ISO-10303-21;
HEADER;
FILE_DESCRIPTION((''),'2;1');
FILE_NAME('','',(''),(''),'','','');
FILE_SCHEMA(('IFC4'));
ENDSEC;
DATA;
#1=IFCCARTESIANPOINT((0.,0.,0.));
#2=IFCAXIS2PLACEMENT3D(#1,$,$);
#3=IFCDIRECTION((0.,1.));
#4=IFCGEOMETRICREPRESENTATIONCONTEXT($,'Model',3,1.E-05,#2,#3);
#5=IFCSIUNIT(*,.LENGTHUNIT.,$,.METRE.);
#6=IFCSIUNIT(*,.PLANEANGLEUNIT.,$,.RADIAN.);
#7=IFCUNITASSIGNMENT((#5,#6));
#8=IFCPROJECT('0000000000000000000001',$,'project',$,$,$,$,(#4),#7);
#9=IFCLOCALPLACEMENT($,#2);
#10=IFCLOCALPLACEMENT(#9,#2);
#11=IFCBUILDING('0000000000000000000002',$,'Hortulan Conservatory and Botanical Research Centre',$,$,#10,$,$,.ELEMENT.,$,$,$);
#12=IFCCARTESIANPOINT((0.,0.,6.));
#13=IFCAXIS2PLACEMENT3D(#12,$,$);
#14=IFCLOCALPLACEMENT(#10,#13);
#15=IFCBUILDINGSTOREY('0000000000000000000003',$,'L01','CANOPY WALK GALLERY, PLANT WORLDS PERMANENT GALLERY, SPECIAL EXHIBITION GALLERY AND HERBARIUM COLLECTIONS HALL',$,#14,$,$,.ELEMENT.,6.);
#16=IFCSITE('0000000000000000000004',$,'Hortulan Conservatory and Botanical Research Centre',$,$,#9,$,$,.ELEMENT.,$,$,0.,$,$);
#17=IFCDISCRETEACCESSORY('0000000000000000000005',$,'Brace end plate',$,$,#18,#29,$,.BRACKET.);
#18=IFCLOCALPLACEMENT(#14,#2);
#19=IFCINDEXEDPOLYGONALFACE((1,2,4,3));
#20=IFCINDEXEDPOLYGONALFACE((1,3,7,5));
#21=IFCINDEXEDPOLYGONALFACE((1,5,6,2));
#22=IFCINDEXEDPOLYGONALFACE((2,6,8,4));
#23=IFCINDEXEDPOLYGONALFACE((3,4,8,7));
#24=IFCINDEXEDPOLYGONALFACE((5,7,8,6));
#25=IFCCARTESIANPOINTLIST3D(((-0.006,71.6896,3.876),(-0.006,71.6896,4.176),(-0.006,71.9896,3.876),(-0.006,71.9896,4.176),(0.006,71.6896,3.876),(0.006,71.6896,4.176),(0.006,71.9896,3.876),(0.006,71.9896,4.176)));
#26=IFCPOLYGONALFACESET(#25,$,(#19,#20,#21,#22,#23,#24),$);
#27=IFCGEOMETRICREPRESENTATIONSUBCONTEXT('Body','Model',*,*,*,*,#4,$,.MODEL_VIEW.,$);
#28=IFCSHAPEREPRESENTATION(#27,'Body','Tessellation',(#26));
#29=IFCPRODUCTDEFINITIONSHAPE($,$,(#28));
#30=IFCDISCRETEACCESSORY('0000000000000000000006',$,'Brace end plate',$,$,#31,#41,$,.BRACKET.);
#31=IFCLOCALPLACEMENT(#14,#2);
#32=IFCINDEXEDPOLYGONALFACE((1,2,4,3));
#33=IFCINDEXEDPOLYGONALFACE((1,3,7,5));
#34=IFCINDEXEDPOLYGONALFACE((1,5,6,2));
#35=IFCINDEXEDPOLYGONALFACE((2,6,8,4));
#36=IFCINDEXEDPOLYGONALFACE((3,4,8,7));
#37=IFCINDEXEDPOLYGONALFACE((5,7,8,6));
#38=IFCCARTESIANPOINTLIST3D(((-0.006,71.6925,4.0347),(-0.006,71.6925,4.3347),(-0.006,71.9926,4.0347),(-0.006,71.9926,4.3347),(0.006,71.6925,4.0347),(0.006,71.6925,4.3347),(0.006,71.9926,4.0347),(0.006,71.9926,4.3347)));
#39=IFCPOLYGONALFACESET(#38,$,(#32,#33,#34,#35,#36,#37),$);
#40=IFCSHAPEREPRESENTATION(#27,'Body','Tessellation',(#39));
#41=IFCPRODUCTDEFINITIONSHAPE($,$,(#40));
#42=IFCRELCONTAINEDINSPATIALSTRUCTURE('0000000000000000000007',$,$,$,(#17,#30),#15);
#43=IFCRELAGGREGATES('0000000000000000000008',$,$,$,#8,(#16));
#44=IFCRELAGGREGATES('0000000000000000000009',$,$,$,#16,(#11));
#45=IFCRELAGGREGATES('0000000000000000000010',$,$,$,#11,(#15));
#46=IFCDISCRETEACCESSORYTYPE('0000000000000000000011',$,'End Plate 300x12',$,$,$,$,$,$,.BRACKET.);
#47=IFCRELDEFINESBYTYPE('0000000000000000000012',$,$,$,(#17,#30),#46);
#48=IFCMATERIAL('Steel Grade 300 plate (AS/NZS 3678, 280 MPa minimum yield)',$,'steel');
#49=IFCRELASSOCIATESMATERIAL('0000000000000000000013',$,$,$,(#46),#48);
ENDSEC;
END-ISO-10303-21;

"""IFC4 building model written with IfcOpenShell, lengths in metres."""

from ifc_helpers import new_model, si_unit, direction, frame, origin, origin_2d, place, context, subcontext, project, spatial, rectangle, extrude, material, type_object, element, save


model = new_model("IFC4")

# Units and contexts
model_context = context("Model", 3, precision=1e-05, world=origin(), true_north=direction((0.0, 1.0)))
body_context = subcontext(model_context, "Body", "Model", "MODEL_VIEW")
ifc_project = project(units=[si_unit("LENGTHUNIT", "METRE"), si_unit("PLANEANGLEUNIT", "RADIAN")], contexts=[model_context])

# Site, building, storey
site_placement = place(None, origin())
site = spatial("IfcSite", under=ifc_project, at=site_placement, Name="Hortulan Conservatory and Botanical Research Centre", CompositionType="ELEMENT", RefElevation=0.0)
building_placement = place(site_placement, origin())
building = spatial("IfcBuilding", under=site, at=building_placement, Name="Hortulan Conservatory and Botanical Research Centre", CompositionType="ELEMENT")
storey_placement = place(building_placement, frame((0.0, 0.0, 6.0)))
storey = spatial("IfcBuildingStorey", under=building, at=storey_placement, Name="L01", Description="CANOPY WALK GALLERY, PLANT WORLDS PERMANENT GALLERY, SPECIAL EXHIBITION GALLERY AND HERBARIUM COLLECTIONS HALL", CompositionType="ELEMENT", Elevation=6.0)

# Discrete accessories
ifc_material_1 = material(Name="Steel Grade 300 plate (AS/NZS 3678, 280 MPa minimum yield)", Category="steel")
discrete_accessory_type = type_object("IfcDiscreteAccessoryType", Name="End Plate 300x12", PredefinedType="BRACKET", material=ifc_material_1)
for number, where, z_axis, x_axis, name in (
    (1, (0.0, 71.8396, 3.876), (0.0, 0.0, 1.0), (0.0, -1.0, 0.0), "Brace end plate"),
    (2, (0.0, 71.8425, 4.0347), (0.0, 0.0, 1.0), (0.0, -1.0, 0.0), "Brace end plate"),
):
    element("IfcDiscreteAccessory", number, at=place(storey_placement, frame(where, z_axis=z_axis, x_axis=x_axis)), inside=storey, type_object=discrete_accessory_type, Name=name, PredefinedType="BRACKET", context=body_context, shape_type="SweptSolid", body=[
        extrude(rectangle(XDim=0.3, YDim=0.012, at=origin_2d()), origin(), (0.0, 0.0, 1.0), 0.3),
    ])

save(model, "model.ifc")
